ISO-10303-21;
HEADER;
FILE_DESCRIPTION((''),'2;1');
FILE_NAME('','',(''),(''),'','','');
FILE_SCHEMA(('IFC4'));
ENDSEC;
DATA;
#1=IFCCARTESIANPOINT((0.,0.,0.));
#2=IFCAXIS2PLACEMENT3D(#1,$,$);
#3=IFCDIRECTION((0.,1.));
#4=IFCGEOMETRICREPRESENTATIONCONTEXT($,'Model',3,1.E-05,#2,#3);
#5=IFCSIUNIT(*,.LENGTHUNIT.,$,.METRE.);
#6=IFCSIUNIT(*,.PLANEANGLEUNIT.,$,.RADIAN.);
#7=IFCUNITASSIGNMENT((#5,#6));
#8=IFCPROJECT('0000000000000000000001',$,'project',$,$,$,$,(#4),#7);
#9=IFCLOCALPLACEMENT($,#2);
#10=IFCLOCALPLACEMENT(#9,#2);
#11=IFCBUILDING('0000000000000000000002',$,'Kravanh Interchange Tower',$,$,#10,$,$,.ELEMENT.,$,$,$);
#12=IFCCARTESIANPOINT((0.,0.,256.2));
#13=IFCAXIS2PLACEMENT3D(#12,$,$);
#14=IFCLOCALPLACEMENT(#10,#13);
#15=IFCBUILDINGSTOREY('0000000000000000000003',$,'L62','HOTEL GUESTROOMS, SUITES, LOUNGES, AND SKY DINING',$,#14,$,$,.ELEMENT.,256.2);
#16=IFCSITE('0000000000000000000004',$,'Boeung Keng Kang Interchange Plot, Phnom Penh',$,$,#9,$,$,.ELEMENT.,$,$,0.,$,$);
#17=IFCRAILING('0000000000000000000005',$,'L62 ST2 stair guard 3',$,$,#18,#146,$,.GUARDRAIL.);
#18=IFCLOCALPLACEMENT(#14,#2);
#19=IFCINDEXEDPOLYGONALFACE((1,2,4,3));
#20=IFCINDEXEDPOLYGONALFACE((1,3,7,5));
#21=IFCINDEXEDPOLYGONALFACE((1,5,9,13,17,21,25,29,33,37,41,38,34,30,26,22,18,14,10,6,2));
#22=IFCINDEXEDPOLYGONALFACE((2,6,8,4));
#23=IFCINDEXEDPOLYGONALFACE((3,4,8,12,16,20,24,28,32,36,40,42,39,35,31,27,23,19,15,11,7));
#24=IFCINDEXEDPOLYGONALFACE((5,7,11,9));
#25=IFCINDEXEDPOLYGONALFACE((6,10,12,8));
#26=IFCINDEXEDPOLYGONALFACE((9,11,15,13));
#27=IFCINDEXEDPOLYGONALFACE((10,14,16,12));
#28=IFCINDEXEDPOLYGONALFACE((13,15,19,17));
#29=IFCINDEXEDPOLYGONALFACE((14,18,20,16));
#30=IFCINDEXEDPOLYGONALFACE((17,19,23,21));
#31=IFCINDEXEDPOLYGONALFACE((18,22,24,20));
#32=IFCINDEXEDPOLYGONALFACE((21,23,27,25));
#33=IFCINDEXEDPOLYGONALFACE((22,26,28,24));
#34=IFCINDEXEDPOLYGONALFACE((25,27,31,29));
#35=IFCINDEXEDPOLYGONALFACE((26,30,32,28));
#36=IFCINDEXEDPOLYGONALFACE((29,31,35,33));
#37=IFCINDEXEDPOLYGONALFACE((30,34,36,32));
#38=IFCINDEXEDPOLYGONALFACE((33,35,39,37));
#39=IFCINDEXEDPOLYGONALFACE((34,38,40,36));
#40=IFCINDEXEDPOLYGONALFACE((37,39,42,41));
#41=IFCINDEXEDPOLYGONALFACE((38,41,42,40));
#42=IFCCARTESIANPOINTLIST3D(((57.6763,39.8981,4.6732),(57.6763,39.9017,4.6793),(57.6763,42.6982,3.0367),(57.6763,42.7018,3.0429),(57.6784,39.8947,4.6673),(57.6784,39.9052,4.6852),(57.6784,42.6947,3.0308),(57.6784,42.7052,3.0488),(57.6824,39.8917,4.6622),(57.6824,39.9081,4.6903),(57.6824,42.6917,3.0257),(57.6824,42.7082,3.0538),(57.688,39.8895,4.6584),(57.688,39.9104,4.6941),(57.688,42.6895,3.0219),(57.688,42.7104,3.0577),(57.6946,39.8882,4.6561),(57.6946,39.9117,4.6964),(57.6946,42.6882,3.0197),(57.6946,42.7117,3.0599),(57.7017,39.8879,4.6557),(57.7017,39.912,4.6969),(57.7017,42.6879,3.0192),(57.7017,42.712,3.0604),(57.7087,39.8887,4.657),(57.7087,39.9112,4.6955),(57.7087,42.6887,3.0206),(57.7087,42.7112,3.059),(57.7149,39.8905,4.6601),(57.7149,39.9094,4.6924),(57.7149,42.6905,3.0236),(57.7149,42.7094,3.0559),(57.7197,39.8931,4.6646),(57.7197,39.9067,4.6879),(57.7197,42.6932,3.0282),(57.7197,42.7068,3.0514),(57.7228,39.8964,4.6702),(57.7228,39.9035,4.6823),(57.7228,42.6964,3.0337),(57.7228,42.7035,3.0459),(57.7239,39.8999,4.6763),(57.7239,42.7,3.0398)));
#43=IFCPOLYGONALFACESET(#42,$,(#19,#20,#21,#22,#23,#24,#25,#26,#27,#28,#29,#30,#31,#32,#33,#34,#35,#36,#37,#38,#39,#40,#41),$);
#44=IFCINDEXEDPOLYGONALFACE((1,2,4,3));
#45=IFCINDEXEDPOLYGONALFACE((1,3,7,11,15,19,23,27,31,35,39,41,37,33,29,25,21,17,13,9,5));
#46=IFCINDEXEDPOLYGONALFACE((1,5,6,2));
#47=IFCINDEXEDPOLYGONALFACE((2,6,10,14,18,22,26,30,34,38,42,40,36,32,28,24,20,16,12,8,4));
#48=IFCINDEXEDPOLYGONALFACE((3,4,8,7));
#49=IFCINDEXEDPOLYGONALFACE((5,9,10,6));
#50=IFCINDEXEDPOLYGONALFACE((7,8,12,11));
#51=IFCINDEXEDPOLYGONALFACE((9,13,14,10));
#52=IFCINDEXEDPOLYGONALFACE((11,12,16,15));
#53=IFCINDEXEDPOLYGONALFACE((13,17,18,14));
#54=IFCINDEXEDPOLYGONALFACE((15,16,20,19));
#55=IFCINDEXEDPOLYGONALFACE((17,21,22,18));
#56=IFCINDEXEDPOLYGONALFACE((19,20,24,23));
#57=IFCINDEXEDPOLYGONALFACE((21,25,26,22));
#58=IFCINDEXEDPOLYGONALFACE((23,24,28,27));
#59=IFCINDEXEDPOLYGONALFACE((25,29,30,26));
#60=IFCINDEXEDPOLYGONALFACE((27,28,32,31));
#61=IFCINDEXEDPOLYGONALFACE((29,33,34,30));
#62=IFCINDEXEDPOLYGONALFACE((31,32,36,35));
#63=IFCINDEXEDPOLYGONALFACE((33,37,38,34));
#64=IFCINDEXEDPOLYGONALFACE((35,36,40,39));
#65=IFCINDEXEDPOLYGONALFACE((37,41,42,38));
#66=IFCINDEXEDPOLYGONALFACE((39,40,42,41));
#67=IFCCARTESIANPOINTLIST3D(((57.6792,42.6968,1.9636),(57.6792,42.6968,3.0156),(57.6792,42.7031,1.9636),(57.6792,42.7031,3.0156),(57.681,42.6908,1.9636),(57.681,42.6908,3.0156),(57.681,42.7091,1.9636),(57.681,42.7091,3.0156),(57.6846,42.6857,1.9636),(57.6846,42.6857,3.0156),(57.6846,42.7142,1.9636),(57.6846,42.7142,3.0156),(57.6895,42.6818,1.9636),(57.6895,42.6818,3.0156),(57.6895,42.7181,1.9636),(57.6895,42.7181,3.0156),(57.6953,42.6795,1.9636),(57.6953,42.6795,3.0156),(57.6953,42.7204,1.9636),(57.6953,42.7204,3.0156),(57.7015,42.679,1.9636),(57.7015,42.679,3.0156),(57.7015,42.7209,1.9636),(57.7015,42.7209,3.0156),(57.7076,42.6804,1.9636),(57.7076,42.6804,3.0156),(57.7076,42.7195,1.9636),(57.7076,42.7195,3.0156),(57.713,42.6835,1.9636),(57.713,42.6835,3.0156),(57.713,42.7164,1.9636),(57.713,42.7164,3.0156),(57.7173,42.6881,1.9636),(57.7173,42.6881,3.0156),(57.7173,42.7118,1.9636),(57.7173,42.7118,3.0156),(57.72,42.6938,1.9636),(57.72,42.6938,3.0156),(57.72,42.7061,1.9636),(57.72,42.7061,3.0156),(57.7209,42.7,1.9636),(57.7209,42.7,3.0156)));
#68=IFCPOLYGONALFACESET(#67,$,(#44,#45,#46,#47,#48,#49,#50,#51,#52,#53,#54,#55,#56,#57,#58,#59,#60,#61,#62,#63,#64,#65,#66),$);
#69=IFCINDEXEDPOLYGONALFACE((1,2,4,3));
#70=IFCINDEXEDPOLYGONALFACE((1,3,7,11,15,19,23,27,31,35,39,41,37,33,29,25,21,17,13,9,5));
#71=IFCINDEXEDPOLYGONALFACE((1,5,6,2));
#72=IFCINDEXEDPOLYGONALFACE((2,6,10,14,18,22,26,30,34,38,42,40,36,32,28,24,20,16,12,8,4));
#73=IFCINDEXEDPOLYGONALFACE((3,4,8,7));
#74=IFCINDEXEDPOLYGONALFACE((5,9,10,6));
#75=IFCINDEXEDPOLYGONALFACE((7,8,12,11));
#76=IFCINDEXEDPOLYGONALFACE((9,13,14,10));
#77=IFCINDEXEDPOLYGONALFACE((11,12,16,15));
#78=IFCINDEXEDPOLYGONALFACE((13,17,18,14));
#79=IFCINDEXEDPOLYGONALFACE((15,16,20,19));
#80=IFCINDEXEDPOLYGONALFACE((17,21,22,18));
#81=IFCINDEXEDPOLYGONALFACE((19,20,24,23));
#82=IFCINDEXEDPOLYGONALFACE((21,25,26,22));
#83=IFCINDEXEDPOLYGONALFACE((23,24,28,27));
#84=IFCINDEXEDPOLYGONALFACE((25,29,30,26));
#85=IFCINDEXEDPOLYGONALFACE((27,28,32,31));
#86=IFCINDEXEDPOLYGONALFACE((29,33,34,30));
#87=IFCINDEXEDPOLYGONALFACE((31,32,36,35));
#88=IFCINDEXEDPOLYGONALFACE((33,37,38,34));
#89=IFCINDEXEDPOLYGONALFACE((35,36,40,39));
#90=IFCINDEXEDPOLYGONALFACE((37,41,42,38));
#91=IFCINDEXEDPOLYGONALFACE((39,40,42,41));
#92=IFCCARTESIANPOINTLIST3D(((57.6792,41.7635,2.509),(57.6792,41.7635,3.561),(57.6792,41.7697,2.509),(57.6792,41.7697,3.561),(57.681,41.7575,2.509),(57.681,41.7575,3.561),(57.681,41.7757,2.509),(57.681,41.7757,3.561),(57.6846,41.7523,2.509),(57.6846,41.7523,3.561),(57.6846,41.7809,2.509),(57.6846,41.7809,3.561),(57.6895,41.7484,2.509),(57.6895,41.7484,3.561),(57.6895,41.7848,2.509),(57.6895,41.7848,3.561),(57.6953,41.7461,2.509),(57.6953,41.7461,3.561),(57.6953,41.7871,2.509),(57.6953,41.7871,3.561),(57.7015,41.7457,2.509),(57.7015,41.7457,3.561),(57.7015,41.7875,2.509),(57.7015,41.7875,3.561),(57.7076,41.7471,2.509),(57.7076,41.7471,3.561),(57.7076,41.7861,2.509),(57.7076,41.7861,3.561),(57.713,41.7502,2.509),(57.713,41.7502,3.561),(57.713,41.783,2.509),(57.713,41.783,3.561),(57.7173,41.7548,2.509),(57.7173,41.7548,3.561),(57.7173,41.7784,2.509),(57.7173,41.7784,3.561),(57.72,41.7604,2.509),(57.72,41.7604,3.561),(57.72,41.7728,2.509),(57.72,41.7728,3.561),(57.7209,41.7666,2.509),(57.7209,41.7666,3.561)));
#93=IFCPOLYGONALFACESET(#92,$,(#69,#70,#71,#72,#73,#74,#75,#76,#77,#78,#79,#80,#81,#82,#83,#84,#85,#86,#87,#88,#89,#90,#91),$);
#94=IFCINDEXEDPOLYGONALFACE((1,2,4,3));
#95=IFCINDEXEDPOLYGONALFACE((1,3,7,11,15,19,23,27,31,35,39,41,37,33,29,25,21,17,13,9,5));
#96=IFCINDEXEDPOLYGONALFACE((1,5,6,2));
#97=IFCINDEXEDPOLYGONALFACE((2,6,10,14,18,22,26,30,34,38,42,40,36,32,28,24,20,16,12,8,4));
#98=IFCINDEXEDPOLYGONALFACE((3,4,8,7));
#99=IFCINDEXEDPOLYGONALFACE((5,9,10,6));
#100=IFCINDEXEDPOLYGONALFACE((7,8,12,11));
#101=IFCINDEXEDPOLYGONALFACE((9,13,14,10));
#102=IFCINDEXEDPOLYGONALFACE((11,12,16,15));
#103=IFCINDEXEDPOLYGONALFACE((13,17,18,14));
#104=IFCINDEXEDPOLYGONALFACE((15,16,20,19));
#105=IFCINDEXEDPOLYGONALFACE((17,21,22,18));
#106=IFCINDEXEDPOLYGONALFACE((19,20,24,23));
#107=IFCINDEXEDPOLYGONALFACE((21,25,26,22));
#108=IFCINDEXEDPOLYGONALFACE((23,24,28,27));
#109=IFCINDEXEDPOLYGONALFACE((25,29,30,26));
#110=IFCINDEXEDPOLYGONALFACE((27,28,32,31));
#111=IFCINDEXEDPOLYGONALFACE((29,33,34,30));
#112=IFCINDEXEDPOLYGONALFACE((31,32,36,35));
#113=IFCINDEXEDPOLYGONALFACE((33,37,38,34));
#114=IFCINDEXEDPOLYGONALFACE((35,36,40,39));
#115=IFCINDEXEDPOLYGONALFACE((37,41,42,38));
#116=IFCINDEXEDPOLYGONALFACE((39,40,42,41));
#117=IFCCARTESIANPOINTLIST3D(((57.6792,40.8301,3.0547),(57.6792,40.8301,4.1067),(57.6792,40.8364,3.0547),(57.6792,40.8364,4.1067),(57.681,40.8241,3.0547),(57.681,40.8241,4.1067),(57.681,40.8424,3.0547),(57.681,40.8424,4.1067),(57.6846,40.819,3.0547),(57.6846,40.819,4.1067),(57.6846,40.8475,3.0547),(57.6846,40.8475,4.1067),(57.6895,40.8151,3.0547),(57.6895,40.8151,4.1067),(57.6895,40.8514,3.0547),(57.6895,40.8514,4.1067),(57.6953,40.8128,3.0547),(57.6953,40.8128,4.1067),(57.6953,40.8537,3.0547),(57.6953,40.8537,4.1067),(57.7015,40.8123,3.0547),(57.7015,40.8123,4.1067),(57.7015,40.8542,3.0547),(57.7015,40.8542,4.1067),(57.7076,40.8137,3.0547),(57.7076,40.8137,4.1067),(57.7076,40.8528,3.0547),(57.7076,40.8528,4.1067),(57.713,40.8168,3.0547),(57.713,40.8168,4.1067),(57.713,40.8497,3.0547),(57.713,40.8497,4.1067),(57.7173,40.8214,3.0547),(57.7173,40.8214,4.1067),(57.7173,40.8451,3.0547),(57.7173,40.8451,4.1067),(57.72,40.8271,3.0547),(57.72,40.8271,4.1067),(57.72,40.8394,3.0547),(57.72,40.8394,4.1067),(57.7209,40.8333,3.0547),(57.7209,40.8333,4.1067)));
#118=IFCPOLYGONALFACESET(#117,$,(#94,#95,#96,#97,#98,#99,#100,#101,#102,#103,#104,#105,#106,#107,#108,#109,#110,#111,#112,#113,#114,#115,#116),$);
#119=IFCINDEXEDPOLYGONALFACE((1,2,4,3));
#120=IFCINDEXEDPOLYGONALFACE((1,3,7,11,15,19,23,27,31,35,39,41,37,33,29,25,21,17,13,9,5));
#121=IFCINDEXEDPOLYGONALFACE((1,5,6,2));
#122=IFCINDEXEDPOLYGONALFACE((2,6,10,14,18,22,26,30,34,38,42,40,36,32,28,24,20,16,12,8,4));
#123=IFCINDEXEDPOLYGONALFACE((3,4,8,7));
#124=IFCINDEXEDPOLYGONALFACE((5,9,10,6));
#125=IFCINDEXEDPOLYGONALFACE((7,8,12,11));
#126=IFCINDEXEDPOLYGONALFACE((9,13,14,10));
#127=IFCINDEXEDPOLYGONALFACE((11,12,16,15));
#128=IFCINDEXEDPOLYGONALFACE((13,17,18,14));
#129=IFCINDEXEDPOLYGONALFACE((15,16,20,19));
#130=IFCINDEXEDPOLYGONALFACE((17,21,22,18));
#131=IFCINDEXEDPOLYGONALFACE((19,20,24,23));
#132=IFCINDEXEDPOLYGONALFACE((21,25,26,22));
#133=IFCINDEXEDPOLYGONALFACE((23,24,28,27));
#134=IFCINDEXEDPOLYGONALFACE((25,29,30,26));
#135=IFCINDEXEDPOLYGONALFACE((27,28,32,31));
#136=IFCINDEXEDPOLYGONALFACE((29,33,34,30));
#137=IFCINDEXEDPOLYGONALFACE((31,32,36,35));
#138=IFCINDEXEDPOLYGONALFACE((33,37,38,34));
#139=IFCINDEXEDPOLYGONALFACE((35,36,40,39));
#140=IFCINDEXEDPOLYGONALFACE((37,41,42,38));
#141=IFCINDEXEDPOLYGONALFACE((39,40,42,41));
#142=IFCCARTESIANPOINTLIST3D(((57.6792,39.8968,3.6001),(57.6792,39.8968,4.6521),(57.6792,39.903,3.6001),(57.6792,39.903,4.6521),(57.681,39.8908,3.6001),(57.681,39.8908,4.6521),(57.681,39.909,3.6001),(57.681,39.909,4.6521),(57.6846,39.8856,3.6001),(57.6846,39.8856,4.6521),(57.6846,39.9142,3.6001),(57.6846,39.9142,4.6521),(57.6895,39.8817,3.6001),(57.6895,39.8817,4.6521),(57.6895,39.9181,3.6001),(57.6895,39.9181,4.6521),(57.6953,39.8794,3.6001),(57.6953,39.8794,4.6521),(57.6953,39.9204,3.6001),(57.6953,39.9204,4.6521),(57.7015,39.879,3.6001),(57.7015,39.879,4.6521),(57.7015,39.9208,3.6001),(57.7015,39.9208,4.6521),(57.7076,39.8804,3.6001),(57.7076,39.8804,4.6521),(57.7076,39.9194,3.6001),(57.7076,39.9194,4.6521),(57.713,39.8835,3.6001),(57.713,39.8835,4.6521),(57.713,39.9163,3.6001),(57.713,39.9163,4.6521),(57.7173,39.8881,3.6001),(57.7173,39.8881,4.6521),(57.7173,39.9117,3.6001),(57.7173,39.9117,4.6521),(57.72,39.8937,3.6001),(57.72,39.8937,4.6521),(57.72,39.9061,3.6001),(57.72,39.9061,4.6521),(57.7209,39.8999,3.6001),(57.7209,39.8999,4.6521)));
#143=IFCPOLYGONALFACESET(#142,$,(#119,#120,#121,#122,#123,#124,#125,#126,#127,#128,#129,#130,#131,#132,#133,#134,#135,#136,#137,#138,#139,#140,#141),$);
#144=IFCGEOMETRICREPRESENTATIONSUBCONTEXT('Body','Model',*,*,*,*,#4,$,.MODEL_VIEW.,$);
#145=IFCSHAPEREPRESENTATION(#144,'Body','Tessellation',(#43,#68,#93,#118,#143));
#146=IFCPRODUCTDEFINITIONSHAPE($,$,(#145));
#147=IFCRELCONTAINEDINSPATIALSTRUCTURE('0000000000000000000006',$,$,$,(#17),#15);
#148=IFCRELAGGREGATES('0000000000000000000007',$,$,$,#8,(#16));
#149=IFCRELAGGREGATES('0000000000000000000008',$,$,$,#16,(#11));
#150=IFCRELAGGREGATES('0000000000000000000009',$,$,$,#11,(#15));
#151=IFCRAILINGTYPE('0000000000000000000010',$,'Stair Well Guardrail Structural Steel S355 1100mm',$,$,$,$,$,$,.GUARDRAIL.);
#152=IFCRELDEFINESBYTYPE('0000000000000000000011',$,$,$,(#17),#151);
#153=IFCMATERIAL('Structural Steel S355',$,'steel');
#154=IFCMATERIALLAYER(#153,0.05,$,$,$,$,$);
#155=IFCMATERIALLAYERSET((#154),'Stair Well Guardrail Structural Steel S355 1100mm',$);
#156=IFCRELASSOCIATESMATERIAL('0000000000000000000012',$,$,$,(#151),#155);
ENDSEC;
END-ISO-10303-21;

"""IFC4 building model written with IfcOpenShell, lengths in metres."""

from ifc_helpers import new_model, si_unit, direction, frame, origin, origin_2d, place, context, subcontext, project, spatial, circle, extrude, material, layer, layer_set, type_object, element, save


model = new_model("IFC4")

# Units and contexts
model_context = context("Model", 3, precision=1e-05, world=origin(), true_north=direction((0.0, 1.0)))
body_context = subcontext(model_context, "Body", "Model", "MODEL_VIEW")
ifc_project = project(units=[si_unit("LENGTHUNIT", "METRE"), si_unit("PLANEANGLEUNIT", "RADIAN")], contexts=[model_context])

# Site, building, storey
site_placement = place(None, origin())
site = spatial("IfcSite", under=ifc_project, at=site_placement, Name="Boeung Keng Kang Interchange Plot, Phnom Penh", CompositionType="ELEMENT", RefElevation=0.0)
building_placement = place(site_placement, origin())
building = spatial("IfcBuilding", under=site, at=building_placement, Name="Kravanh Interchange Tower", CompositionType="ELEMENT")
storey_placement = place(building_placement, frame((0.0, 0.0, 256.2)))
storey = spatial("IfcBuildingStorey", under=building, at=storey_placement, Name="L62", Description="HOTEL GUESTROOMS, SUITES, LOUNGES, AND SKY DINING", CompositionType="ELEMENT", Elevation=256.2)

# Railing
ifc_material_1 = material(Name="Structural Steel S355", Category="steel")
ifc_layer_1 = layer(ifc_material_1, 0.05)
ifc_layer_set_1 = layer_set([ifc_layer_1], Name="Stair Well Guardrail Structural Steel S355 1100mm")
railing_type_1 = type_object("IfcRailingType", Name="Stair Well Guardrail Structural Steel S355 1100mm", PredefinedType="GUARDRAIL", material=ifc_layer_set_1)
railing_1_placement = place(storey_placement, frame((57.7, 42.7, 1.9636)))
element("IfcRailing", 1, at=railing_1_placement, inside=storey, type_object=railing_type_1, Name="L62 ST2 stair guard 3", PredefinedType="GUARDRAIL", context=body_context, shape_type="SweptSolid", body=[
    extrude(circle(Radius=0.0239, at=origin_2d()), frame((0.0, 0.0, 1.0762), z_axis=(0.0, -0.863361, 0.504587), x_axis=(1.0, 0.0, 0.0)), (0.0, 0.0, 1.0), 3.2432),
    extrude(circle(Radius=0.021, at=origin_2d()), origin(), (0.0, 0.0, 1.0), 1.052),
    extrude(circle(Radius=0.021, at=origin_2d()), frame((0.0, -0.9333, 0.5454)), (0.0, 0.0, 1.0), 1.052),
    extrude(circle(Radius=0.021, at=origin_2d()), frame((0.0, -1.8667, 1.0911)), (0.0, 0.0, 1.0), 1.052),
    extrude(circle(Radius=0.021, at=origin_2d()), frame((0.0, -2.8, 1.6365)), (0.0, 0.0, 1.0), 1.052),
])

save(model, "model.ifc")
